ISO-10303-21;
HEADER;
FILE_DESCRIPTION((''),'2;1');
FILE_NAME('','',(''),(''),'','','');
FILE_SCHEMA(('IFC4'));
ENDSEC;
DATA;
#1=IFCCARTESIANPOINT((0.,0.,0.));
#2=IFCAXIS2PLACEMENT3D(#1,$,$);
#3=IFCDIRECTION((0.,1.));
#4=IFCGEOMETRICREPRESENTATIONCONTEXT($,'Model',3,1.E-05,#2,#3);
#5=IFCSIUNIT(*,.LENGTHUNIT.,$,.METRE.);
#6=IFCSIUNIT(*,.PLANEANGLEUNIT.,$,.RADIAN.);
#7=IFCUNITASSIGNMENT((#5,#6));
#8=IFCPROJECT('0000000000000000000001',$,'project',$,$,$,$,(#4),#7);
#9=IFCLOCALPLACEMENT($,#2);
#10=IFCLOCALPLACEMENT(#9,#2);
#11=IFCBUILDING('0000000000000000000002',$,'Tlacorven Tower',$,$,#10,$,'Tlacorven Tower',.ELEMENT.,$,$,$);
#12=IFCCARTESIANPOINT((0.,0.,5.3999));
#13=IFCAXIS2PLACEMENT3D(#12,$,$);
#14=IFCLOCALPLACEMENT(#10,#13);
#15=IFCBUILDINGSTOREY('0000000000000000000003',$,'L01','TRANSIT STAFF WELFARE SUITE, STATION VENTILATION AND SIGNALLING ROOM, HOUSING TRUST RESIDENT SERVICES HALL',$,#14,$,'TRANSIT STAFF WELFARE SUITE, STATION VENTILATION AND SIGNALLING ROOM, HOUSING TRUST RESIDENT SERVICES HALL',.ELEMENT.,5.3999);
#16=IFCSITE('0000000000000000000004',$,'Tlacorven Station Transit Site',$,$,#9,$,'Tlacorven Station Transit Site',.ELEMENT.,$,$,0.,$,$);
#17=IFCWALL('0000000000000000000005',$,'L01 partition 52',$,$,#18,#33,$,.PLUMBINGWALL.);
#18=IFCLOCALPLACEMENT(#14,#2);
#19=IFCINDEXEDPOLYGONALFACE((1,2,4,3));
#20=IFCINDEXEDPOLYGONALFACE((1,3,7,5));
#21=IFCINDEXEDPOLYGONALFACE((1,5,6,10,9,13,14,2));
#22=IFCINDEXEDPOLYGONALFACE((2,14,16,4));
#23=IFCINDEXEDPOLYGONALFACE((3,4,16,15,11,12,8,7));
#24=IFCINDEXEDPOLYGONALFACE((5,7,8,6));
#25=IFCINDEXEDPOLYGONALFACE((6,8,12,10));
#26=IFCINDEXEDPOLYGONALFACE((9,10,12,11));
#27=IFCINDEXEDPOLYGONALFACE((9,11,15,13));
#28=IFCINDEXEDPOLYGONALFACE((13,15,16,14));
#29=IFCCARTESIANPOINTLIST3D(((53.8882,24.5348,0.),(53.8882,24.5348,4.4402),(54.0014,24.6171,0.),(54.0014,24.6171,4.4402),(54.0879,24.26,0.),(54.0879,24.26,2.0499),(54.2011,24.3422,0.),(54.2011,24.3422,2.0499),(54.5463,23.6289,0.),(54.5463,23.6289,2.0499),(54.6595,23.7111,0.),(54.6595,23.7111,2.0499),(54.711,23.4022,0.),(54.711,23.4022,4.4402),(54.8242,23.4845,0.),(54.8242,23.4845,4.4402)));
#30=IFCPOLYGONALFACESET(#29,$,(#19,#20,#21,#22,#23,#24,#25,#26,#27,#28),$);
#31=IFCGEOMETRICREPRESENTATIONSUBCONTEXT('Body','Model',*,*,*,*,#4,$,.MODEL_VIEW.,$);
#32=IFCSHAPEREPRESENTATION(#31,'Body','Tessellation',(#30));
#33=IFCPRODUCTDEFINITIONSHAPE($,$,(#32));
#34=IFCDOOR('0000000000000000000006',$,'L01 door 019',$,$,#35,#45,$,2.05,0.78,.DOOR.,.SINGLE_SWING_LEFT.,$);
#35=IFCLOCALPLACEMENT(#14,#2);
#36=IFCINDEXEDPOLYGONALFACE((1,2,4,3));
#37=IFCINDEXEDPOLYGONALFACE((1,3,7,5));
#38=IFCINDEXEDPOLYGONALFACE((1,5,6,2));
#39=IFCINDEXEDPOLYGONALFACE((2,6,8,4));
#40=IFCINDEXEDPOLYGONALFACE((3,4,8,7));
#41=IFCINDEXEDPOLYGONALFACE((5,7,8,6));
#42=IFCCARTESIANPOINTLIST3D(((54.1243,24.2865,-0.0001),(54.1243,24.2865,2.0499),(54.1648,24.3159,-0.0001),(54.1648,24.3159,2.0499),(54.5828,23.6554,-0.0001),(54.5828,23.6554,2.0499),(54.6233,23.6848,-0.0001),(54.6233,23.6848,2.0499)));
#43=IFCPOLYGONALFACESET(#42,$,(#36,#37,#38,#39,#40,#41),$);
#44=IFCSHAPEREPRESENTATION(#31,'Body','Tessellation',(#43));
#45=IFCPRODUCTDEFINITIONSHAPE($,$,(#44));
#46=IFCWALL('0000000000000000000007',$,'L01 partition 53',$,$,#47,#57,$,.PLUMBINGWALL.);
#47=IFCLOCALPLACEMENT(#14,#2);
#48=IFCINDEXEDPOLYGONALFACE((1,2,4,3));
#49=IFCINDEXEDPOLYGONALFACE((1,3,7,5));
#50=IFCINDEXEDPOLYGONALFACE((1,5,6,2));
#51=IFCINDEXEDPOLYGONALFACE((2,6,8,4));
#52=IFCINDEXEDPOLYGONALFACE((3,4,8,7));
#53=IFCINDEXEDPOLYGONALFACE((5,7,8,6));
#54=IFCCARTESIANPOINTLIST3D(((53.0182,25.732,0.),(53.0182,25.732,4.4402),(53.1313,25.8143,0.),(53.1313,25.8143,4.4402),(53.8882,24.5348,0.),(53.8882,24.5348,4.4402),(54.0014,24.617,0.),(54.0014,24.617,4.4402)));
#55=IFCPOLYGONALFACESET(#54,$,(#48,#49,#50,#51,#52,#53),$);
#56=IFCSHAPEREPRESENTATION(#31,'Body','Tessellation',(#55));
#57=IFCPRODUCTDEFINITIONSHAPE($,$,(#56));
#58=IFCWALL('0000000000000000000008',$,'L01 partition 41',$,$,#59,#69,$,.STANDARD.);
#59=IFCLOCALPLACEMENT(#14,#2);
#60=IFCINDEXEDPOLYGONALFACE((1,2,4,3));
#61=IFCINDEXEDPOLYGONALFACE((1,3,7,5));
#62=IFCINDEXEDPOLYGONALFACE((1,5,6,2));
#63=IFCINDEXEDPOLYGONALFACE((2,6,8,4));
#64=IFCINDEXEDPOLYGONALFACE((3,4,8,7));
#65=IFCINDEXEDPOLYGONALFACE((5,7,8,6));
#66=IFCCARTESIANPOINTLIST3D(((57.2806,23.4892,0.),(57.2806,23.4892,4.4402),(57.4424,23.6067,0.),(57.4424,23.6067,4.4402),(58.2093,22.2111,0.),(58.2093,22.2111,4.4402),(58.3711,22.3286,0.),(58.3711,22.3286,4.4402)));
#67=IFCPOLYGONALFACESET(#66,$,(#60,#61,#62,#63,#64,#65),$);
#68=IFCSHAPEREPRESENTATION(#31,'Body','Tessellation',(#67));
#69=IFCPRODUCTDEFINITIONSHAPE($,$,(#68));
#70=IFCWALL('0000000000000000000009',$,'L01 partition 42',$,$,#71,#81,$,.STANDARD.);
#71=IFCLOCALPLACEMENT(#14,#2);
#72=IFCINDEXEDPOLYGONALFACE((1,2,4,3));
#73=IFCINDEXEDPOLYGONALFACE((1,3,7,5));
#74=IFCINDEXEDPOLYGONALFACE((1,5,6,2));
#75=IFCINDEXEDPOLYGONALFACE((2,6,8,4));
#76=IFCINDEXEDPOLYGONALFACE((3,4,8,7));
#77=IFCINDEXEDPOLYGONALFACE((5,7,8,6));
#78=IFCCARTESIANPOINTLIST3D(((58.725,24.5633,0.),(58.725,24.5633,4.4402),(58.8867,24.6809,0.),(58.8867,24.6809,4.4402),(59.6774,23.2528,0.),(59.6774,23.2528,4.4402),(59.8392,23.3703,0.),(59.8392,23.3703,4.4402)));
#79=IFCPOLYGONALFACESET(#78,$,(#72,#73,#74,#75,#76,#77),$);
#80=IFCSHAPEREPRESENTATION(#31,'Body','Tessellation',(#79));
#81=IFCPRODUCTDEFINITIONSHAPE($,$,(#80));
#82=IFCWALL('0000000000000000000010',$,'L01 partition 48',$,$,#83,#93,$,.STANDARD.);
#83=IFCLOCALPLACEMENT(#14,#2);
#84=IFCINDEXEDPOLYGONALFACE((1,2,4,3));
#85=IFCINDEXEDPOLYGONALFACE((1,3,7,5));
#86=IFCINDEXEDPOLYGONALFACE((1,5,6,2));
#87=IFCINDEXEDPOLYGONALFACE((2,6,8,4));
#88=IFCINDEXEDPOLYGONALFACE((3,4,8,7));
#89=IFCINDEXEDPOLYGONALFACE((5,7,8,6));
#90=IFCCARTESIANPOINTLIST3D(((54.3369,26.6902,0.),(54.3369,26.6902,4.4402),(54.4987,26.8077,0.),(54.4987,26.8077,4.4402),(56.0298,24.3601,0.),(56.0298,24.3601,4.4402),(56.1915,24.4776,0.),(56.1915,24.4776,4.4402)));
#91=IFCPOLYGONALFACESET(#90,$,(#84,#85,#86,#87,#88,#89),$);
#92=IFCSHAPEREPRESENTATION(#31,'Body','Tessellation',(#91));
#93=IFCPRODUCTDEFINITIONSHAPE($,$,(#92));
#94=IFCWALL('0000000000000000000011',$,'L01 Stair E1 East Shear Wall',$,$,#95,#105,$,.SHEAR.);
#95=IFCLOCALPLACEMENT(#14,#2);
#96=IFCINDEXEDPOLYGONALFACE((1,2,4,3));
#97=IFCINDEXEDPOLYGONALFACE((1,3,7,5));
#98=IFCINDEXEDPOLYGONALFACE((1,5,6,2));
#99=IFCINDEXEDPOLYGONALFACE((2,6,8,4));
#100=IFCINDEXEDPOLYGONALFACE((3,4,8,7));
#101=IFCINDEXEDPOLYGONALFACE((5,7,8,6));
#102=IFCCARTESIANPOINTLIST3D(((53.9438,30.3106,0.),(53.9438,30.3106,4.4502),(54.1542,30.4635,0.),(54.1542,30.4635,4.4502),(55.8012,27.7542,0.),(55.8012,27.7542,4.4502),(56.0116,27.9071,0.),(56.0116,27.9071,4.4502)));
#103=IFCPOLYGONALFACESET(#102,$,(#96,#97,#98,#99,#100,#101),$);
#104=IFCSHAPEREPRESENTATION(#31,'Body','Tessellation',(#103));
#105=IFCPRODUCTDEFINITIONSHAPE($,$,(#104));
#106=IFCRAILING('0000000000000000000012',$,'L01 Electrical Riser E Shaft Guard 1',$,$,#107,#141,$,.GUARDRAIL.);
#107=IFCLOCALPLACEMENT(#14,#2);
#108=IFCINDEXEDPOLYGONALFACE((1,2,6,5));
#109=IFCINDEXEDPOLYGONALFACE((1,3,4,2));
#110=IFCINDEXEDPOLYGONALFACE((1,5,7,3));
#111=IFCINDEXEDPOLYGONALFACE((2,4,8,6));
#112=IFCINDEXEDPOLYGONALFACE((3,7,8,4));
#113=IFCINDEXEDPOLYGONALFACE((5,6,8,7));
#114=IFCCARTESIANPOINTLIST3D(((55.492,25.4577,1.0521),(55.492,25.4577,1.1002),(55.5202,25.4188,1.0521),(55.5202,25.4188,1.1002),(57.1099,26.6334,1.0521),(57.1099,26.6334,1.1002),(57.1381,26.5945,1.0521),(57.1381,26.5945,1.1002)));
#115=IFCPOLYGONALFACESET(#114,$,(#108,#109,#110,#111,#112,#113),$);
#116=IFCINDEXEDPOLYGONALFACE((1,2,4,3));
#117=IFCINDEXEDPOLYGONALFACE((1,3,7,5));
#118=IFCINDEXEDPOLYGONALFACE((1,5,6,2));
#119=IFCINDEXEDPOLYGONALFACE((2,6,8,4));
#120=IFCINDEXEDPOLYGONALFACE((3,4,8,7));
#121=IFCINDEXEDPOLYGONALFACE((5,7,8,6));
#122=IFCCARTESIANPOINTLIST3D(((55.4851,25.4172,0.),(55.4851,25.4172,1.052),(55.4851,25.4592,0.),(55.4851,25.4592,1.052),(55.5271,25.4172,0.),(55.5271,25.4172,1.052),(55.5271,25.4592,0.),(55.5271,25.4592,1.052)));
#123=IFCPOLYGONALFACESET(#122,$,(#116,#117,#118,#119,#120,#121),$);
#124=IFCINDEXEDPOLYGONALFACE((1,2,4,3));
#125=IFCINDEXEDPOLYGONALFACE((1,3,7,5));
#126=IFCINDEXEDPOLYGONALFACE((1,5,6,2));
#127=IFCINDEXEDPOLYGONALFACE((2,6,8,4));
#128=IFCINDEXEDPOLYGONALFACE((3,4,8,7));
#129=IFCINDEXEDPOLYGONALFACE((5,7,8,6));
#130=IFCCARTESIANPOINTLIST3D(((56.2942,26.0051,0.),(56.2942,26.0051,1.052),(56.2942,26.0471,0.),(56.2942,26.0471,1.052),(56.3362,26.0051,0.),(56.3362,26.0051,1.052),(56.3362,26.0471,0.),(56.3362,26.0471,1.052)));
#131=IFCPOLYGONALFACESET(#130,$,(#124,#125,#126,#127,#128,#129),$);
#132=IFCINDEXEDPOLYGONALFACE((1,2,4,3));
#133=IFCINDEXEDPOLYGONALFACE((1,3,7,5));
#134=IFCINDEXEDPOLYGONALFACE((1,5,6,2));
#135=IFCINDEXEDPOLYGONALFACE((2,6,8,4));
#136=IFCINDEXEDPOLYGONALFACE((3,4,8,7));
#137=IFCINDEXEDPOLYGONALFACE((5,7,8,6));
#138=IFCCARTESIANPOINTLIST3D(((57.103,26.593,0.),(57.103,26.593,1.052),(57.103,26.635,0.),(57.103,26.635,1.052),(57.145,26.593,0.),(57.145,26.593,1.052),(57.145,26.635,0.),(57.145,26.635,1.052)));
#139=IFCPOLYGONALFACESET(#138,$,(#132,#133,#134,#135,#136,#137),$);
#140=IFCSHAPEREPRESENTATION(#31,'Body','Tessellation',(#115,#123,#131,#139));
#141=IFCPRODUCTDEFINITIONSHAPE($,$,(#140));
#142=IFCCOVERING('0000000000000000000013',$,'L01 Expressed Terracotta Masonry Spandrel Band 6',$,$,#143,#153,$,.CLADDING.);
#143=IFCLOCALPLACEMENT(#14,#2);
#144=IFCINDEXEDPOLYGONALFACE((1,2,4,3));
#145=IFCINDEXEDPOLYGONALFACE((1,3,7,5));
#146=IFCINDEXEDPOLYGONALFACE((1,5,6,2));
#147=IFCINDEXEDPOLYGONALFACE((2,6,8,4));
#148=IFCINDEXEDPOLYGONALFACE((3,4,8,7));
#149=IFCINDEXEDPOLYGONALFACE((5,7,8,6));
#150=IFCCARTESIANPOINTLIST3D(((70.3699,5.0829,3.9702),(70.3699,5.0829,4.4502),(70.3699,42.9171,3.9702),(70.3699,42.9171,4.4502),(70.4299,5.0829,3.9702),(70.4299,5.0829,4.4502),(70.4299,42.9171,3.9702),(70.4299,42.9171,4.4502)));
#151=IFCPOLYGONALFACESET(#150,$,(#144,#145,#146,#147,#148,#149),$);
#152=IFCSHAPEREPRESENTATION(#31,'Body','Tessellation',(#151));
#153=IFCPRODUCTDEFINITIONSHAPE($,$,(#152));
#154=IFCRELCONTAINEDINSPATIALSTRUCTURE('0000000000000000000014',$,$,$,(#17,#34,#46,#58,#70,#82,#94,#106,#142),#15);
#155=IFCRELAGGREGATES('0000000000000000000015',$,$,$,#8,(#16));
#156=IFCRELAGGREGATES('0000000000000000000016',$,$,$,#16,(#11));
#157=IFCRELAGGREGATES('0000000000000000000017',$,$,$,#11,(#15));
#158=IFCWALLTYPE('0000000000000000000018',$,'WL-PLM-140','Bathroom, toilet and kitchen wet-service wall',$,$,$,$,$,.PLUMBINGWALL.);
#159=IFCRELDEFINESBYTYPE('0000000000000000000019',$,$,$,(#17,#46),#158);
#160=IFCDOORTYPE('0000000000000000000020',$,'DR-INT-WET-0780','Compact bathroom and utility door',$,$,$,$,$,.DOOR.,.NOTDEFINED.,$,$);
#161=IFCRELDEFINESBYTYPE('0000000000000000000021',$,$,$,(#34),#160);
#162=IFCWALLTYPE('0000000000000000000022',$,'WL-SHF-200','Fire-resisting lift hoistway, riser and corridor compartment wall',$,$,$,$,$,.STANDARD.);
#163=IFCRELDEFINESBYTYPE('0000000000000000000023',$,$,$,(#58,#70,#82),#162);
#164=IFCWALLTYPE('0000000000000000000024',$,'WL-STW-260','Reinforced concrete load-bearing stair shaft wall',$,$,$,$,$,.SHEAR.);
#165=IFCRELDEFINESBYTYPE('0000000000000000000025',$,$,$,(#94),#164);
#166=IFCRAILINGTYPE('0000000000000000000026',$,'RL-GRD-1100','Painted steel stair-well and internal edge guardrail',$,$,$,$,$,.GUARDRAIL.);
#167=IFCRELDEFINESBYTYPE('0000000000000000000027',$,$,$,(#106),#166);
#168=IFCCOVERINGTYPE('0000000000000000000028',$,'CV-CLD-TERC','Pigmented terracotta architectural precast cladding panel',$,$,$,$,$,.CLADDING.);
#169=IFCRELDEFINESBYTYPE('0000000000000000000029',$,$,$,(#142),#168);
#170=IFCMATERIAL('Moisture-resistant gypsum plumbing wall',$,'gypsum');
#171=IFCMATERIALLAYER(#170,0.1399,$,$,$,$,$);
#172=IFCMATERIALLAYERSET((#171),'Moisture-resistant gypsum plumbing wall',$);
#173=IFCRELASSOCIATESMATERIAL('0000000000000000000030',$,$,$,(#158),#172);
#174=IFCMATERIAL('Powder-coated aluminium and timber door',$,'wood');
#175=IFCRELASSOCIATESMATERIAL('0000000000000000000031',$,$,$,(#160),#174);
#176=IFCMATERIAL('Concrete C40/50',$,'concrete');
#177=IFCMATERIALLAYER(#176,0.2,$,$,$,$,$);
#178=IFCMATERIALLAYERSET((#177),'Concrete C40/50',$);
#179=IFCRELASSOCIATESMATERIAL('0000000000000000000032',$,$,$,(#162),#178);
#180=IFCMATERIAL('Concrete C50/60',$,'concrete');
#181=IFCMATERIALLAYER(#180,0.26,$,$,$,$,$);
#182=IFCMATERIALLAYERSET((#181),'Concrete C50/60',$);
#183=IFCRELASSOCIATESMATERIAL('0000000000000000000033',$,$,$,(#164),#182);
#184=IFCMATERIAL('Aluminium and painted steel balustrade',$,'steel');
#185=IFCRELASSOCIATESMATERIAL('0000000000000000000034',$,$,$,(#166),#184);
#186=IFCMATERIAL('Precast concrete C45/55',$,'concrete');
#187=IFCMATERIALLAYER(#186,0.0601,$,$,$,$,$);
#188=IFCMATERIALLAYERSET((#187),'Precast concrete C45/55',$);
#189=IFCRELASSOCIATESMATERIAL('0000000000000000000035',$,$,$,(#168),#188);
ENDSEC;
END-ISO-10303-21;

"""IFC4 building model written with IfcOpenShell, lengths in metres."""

from ifc_helpers import new_model, si_unit, direction, frame, frame_2d, origin, origin_2d, place, context, subcontext, project, spatial, rectangle, extrude, source, transform, mapped, material, layer, layer_set, type_object, element, fill, save


model = new_model("IFC4")

# Units and contexts
model_context = context("Model", 3, precision=1e-05, world=origin(), true_north=direction((0.0, 1.0)))
body_context = subcontext(model_context, "Body", "Model", "MODEL_VIEW")
ifc_project = project(units=[si_unit("LENGTHUNIT", "METRE"), si_unit("PLANEANGLEUNIT", "RADIAN")], contexts=[model_context])

# Site, building, storey
site_placement = place(None, origin())
site = spatial("IfcSite", under=ifc_project, at=site_placement, Name="Tlacorven Station Transit Site", LongName="Tlacorven Station Transit Site", CompositionType="ELEMENT", RefElevation=0.0)
building_placement = place(site_placement, origin())
building = spatial("IfcBuilding", under=site, at=building_placement, Name="Tlacorven Tower", LongName="Tlacorven Tower", CompositionType="ELEMENT")
storey_placement = place(building_placement, frame((0.0, 0.0, 5.3999)))
storey = spatial("IfcBuildingStorey", under=building, at=storey_placement, Name="L01", Description="TRANSIT STAFF WELFARE SUITE, STATION VENTILATION AND SIGNALLING ROOM, HOUSING TRUST RESIDENT SERVICES HALL", LongName="TRANSIT STAFF WELFARE SUITE, STATION VENTILATION AND SIGNALLING ROOM, HOUSING TRUST RESIDENT SERVICES HALL", CompositionType="ELEMENT", Elevation=5.3999)

# Shared definitions
ifc_material_1 = material(Name="Powder-coated aluminium and timber door", Category="wood")

# Wall, opening, door
ifc_material_2 = material(Name="Moisture-resistant gypsum plumbing wall", Category="gypsum")
ifc_layer_1 = layer(ifc_material_2, 0.1399)
ifc_layer_set_1 = layer_set([ifc_layer_1], Name="Moisture-resistant gypsum plumbing wall")
wall_type_1 = type_object("IfcWallType", Name="WL-PLM-140", Description="Bathroom, toilet and kitchen wet-service wall", PredefinedType="PLUMBINGWALL", material=ifc_layer_set_1)
wall_1_placement = place(storey_placement, frame((54.7676, 23.4434, 0.0), z_axis=(0.0, 0.0, 1.0), x_axis=(-0.587736, 0.809053, 0.0)))
wall_1 = element("IfcWall", 1, at=wall_1_placement, inside=storey, type_object=wall_type_1, Name="L01 partition 52", PredefinedType="PLUMBINGWALL", context=body_context, shape_type="SweptSolid", body=[
    extrude(rectangle(XDim=1.3999, YDim=0.1399, at=frame_2d((0.7, 0.0))), origin(), (0.0, 0.0, 1.0), 4.4402),
])
opening_1_placement = place(wall_1_placement, frame((0.28, 0.0, 0.0)))
opening_1 = element("IfcOpeningElement", 2, at=opening_1_placement, cuts=wall_1, PredefinedType="OPENING", context=body_context, shape_type="SweptSolid", body=[
    extrude(rectangle(XDim=0.78, YDim=2.05, at=frame_2d((0.3901, 1.0249))), frame((0.0, 0.0801, 0.0), z_axis=(0.0, -1.0, 0.0), x_axis=(1.0, 0.0, 0.0)), (0.0, 0.0, 1.0), 0.1599),
])
door_type_1 = type_object("IfcDoorType", Name="DR-INT-WET-0780", Description="Compact bathroom and utility door", OperationType="NOTDEFINED", PredefinedType="DOOR", material=ifc_material_1)
shared_shape_1 = source(origin(), body_context, "Body", "SweptSolid", [
    extrude(rectangle(XDim=0.78, YDim=2.05, at=frame_2d((0.3901, 1.0249))), frame((0.0, 0.0249, 0.0), z_axis=(0.0, -1.0, 0.0), x_axis=(1.0, 0.0, 0.0)), (0.0, 0.0, 1.0), 0.05),
])
door_1_placement = place(opening_1_placement, origin())
door_1 = element("IfcDoor", 3, at=door_1_placement, inside=storey, type_object=door_type_1, Name="L01 door 019", OperationType="SINGLE_SWING_LEFT", OverallHeight=2.05, OverallWidth=0.78, PredefinedType="DOOR", context=body_context, shape_type="MappedRepresentation", body=[
    mapped(shared_shape_1, transform((0.0, 0.0, 0.0), scale=1.0)),
])
fill(opening_1, door_1)

# Walls
wall_2_placement = place(storey_placement, frame((53.9448, 24.5759, 0.0), z_axis=(0.0, 0.0, 1.0), x_axis=(-0.587897, 0.808936, 0.0)))
element("IfcWall", 4, at=wall_2_placement, inside=storey, type_object=wall_type_1, Name="L01 partition 53", PredefinedType="PLUMBINGWALL", context=body_context, shape_type="SweptSolid", body=[
    extrude(rectangle(XDim=1.48, YDim=0.1399, at=frame_2d((0.74, 0.0))), origin(), (0.0, 0.0, 1.0), 4.4402),
])
ifc_material_3 = material(Name="Concrete C40/50", Category="concrete")
ifc_layer_2 = layer(ifc_material_3, 0.2)
ifc_layer_set_2 = layer_set([ifc_layer_2], Name="Concrete C40/50")
wall_type_2 = type_object("IfcWallType", Name="WL-SHF-200", Description="Fire-resisting lift hoistway, riser and corridor compartment wall", PredefinedType="STANDARD", material=ifc_layer_set_2)
wall_3_placement = place(storey_placement, frame((58.2903, 22.2698, 0.0), z_axis=(0.0, 0.0, 1.0), x_axis=(-0.587841, 0.808977, 0.0)))
element("IfcWall", 5, at=wall_3_placement, inside=storey, type_object=wall_type_2, Name="L01 partition 41", PredefinedType="STANDARD", context=body_context, shape_type="SweptSolid", body=[
    extrude(rectangle(XDim=1.5798, YDim=0.2, at=frame_2d((0.79, 0.0))), origin(), (0.0, 0.0, 1.0), 4.4402),
])
wall_4_placement = place(storey_placement, frame((59.7583, 23.3115, 0.0), z_axis=(0.0, 0.0, 1.0), x_axis=(-0.587876, 0.808951, 0.0)))
element("IfcWall", 6, at=wall_4_placement, inside=storey, type_object=wall_type_2, Name="L01 partition 42", PredefinedType="STANDARD", context=body_context, shape_type="SweptSolid", body=[
    extrude(rectangle(XDim=1.6201, YDim=0.2, at=frame_2d((0.8101, 0.0))), origin(), (0.0, 0.0, 1.0), 4.4402),
])
wall_5_placement = place(storey_placement, frame((56.1106, 24.4189, 0.0), z_axis=(0.0, 0.0, 1.0), x_axis=(-0.587778, 0.809022, 0.0)))
element("IfcWall", 7, at=wall_5_placement, inside=storey, type_object=wall_type_2, Name="L01 partition 48", PredefinedType="STANDARD", context=body_context, shape_type="SweptSolid", body=[
    extrude(rectangle(XDim=2.8801, YDim=0.2, at=frame_2d((1.4399, 0.0))), origin(), (0.0, 0.0, 1.0), 4.4402),
])
ifc_material_4 = material(Name="Concrete C50/60", Category="concrete")
ifc_layer_3 = layer(ifc_material_4, 0.26)
ifc_layer_set_3 = layer_set([ifc_layer_3], Name="Concrete C50/60")
wall_type_3 = type_object("IfcWallType", Name="WL-STW-260", Description="Reinforced concrete load-bearing stair shaft wall", PredefinedType="SHEAR", material=ifc_layer_set_3)
wall_6_placement = place(storey_placement, frame((55.9065, 27.8306, 0.0), z_axis=(0.0, 0.0, 1.0), x_axis=(-0.587804, 0.809003, 0.0)))
element("IfcWall", 8, at=wall_6_placement, inside=storey, type_object=wall_type_3, Name="L01 Stair E1 East Shear Wall", PredefinedType="SHEAR", context=body_context, shape_type="SweptSolid", body=[
    extrude(rectangle(XDim=3.1599, YDim=0.26, at=frame_2d((1.5801, 0.0))), origin(), (0.0, 0.0, 1.0), 4.4502),
])

# Railing
ifc_material_5 = material(Name="Aluminium and painted steel balustrade", Category="steel")
railing_type = type_object("IfcRailingType", Name="RL-GRD-1100", Description="Painted steel stair-well and internal edge guardrail", PredefinedType="GUARDRAIL", material=ifc_material_5)
shared_shape_2 = source(origin(), body_context, "Body", "SweptSolid", [
    extrude(rectangle(XDim=0.0481, YDim=0.0481, at=origin_2d()), frame((0.0, 0.0, 1.0762), z_axis=(0.808947, 0.587881, 0.0), x_axis=(-0.587881, 0.808947, 0.0)), (0.0, 0.0, 1.0), 2.0),
    extrude(rectangle(XDim=0.042, YDim=0.042, at=origin_2d()), origin(), (0.0, 0.0, 1.0), 1.052),
    extrude(rectangle(XDim=0.042, YDim=0.042, at=origin_2d()), frame((0.8091, 0.5879, 0.0)), (0.0, 0.0, 1.0), 1.052),
    extrude(rectangle(XDim=0.042, YDim=0.042, at=origin_2d()), frame((1.6179, 1.1758, 0.0)), (0.0, 0.0, 1.0), 1.052),
])
railing_placement = place(storey_placement, frame((55.5061, 25.4382, 0.0)))
element("IfcRailing", 9, at=railing_placement, inside=storey, type_object=railing_type, Name="L01 Electrical Riser E Shaft Guard 1", PredefinedType="GUARDRAIL", context=body_context, shape_type="MappedRepresentation", body=[
    mapped(shared_shape_2, transform((0.0, 0.0, 0.0), scale=1.0)),
])

# Covering
ifc_material_6 = material(Name="Precast concrete C45/55", Category="concrete")
ifc_layer_4 = layer(ifc_material_6, 0.0601)
ifc_layer_set_4 = layer_set([ifc_layer_4], Name="Precast concrete C45/55")
covering_type = type_object("IfcCoveringType", Name="CV-CLD-TERC", Description="Pigmented terracotta architectural precast cladding panel", PredefinedType="CLADDING", material=ifc_layer_set_4)
shared_shape_3 = source(origin(), body_context, "Body", "SweptSolid", [
    extrude(rectangle(XDim=37.8342, YDim=0.0601, at=origin_2d()), origin(), (0.0, 0.0, 1.0), 0.48),
])
covering_placement = place(storey_placement, frame((70.3999, 24.0, 3.9702), z_axis=(0.0, 0.0, 1.0), x_axis=(0.0, -1.0, 0.0)))
element("IfcCovering", 10, at=covering_placement, inside=storey, type_object=covering_type, Name="L01 Expressed Terracotta Masonry Spandrel Band 6", PredefinedType="CLADDING", context=body_context, shape_type="MappedRepresentation", body=[
    mapped(shared_shape_3, transform((0.0, 0.0, 0.0), scale=1.0)),
])

save(model, "model.ifc")
